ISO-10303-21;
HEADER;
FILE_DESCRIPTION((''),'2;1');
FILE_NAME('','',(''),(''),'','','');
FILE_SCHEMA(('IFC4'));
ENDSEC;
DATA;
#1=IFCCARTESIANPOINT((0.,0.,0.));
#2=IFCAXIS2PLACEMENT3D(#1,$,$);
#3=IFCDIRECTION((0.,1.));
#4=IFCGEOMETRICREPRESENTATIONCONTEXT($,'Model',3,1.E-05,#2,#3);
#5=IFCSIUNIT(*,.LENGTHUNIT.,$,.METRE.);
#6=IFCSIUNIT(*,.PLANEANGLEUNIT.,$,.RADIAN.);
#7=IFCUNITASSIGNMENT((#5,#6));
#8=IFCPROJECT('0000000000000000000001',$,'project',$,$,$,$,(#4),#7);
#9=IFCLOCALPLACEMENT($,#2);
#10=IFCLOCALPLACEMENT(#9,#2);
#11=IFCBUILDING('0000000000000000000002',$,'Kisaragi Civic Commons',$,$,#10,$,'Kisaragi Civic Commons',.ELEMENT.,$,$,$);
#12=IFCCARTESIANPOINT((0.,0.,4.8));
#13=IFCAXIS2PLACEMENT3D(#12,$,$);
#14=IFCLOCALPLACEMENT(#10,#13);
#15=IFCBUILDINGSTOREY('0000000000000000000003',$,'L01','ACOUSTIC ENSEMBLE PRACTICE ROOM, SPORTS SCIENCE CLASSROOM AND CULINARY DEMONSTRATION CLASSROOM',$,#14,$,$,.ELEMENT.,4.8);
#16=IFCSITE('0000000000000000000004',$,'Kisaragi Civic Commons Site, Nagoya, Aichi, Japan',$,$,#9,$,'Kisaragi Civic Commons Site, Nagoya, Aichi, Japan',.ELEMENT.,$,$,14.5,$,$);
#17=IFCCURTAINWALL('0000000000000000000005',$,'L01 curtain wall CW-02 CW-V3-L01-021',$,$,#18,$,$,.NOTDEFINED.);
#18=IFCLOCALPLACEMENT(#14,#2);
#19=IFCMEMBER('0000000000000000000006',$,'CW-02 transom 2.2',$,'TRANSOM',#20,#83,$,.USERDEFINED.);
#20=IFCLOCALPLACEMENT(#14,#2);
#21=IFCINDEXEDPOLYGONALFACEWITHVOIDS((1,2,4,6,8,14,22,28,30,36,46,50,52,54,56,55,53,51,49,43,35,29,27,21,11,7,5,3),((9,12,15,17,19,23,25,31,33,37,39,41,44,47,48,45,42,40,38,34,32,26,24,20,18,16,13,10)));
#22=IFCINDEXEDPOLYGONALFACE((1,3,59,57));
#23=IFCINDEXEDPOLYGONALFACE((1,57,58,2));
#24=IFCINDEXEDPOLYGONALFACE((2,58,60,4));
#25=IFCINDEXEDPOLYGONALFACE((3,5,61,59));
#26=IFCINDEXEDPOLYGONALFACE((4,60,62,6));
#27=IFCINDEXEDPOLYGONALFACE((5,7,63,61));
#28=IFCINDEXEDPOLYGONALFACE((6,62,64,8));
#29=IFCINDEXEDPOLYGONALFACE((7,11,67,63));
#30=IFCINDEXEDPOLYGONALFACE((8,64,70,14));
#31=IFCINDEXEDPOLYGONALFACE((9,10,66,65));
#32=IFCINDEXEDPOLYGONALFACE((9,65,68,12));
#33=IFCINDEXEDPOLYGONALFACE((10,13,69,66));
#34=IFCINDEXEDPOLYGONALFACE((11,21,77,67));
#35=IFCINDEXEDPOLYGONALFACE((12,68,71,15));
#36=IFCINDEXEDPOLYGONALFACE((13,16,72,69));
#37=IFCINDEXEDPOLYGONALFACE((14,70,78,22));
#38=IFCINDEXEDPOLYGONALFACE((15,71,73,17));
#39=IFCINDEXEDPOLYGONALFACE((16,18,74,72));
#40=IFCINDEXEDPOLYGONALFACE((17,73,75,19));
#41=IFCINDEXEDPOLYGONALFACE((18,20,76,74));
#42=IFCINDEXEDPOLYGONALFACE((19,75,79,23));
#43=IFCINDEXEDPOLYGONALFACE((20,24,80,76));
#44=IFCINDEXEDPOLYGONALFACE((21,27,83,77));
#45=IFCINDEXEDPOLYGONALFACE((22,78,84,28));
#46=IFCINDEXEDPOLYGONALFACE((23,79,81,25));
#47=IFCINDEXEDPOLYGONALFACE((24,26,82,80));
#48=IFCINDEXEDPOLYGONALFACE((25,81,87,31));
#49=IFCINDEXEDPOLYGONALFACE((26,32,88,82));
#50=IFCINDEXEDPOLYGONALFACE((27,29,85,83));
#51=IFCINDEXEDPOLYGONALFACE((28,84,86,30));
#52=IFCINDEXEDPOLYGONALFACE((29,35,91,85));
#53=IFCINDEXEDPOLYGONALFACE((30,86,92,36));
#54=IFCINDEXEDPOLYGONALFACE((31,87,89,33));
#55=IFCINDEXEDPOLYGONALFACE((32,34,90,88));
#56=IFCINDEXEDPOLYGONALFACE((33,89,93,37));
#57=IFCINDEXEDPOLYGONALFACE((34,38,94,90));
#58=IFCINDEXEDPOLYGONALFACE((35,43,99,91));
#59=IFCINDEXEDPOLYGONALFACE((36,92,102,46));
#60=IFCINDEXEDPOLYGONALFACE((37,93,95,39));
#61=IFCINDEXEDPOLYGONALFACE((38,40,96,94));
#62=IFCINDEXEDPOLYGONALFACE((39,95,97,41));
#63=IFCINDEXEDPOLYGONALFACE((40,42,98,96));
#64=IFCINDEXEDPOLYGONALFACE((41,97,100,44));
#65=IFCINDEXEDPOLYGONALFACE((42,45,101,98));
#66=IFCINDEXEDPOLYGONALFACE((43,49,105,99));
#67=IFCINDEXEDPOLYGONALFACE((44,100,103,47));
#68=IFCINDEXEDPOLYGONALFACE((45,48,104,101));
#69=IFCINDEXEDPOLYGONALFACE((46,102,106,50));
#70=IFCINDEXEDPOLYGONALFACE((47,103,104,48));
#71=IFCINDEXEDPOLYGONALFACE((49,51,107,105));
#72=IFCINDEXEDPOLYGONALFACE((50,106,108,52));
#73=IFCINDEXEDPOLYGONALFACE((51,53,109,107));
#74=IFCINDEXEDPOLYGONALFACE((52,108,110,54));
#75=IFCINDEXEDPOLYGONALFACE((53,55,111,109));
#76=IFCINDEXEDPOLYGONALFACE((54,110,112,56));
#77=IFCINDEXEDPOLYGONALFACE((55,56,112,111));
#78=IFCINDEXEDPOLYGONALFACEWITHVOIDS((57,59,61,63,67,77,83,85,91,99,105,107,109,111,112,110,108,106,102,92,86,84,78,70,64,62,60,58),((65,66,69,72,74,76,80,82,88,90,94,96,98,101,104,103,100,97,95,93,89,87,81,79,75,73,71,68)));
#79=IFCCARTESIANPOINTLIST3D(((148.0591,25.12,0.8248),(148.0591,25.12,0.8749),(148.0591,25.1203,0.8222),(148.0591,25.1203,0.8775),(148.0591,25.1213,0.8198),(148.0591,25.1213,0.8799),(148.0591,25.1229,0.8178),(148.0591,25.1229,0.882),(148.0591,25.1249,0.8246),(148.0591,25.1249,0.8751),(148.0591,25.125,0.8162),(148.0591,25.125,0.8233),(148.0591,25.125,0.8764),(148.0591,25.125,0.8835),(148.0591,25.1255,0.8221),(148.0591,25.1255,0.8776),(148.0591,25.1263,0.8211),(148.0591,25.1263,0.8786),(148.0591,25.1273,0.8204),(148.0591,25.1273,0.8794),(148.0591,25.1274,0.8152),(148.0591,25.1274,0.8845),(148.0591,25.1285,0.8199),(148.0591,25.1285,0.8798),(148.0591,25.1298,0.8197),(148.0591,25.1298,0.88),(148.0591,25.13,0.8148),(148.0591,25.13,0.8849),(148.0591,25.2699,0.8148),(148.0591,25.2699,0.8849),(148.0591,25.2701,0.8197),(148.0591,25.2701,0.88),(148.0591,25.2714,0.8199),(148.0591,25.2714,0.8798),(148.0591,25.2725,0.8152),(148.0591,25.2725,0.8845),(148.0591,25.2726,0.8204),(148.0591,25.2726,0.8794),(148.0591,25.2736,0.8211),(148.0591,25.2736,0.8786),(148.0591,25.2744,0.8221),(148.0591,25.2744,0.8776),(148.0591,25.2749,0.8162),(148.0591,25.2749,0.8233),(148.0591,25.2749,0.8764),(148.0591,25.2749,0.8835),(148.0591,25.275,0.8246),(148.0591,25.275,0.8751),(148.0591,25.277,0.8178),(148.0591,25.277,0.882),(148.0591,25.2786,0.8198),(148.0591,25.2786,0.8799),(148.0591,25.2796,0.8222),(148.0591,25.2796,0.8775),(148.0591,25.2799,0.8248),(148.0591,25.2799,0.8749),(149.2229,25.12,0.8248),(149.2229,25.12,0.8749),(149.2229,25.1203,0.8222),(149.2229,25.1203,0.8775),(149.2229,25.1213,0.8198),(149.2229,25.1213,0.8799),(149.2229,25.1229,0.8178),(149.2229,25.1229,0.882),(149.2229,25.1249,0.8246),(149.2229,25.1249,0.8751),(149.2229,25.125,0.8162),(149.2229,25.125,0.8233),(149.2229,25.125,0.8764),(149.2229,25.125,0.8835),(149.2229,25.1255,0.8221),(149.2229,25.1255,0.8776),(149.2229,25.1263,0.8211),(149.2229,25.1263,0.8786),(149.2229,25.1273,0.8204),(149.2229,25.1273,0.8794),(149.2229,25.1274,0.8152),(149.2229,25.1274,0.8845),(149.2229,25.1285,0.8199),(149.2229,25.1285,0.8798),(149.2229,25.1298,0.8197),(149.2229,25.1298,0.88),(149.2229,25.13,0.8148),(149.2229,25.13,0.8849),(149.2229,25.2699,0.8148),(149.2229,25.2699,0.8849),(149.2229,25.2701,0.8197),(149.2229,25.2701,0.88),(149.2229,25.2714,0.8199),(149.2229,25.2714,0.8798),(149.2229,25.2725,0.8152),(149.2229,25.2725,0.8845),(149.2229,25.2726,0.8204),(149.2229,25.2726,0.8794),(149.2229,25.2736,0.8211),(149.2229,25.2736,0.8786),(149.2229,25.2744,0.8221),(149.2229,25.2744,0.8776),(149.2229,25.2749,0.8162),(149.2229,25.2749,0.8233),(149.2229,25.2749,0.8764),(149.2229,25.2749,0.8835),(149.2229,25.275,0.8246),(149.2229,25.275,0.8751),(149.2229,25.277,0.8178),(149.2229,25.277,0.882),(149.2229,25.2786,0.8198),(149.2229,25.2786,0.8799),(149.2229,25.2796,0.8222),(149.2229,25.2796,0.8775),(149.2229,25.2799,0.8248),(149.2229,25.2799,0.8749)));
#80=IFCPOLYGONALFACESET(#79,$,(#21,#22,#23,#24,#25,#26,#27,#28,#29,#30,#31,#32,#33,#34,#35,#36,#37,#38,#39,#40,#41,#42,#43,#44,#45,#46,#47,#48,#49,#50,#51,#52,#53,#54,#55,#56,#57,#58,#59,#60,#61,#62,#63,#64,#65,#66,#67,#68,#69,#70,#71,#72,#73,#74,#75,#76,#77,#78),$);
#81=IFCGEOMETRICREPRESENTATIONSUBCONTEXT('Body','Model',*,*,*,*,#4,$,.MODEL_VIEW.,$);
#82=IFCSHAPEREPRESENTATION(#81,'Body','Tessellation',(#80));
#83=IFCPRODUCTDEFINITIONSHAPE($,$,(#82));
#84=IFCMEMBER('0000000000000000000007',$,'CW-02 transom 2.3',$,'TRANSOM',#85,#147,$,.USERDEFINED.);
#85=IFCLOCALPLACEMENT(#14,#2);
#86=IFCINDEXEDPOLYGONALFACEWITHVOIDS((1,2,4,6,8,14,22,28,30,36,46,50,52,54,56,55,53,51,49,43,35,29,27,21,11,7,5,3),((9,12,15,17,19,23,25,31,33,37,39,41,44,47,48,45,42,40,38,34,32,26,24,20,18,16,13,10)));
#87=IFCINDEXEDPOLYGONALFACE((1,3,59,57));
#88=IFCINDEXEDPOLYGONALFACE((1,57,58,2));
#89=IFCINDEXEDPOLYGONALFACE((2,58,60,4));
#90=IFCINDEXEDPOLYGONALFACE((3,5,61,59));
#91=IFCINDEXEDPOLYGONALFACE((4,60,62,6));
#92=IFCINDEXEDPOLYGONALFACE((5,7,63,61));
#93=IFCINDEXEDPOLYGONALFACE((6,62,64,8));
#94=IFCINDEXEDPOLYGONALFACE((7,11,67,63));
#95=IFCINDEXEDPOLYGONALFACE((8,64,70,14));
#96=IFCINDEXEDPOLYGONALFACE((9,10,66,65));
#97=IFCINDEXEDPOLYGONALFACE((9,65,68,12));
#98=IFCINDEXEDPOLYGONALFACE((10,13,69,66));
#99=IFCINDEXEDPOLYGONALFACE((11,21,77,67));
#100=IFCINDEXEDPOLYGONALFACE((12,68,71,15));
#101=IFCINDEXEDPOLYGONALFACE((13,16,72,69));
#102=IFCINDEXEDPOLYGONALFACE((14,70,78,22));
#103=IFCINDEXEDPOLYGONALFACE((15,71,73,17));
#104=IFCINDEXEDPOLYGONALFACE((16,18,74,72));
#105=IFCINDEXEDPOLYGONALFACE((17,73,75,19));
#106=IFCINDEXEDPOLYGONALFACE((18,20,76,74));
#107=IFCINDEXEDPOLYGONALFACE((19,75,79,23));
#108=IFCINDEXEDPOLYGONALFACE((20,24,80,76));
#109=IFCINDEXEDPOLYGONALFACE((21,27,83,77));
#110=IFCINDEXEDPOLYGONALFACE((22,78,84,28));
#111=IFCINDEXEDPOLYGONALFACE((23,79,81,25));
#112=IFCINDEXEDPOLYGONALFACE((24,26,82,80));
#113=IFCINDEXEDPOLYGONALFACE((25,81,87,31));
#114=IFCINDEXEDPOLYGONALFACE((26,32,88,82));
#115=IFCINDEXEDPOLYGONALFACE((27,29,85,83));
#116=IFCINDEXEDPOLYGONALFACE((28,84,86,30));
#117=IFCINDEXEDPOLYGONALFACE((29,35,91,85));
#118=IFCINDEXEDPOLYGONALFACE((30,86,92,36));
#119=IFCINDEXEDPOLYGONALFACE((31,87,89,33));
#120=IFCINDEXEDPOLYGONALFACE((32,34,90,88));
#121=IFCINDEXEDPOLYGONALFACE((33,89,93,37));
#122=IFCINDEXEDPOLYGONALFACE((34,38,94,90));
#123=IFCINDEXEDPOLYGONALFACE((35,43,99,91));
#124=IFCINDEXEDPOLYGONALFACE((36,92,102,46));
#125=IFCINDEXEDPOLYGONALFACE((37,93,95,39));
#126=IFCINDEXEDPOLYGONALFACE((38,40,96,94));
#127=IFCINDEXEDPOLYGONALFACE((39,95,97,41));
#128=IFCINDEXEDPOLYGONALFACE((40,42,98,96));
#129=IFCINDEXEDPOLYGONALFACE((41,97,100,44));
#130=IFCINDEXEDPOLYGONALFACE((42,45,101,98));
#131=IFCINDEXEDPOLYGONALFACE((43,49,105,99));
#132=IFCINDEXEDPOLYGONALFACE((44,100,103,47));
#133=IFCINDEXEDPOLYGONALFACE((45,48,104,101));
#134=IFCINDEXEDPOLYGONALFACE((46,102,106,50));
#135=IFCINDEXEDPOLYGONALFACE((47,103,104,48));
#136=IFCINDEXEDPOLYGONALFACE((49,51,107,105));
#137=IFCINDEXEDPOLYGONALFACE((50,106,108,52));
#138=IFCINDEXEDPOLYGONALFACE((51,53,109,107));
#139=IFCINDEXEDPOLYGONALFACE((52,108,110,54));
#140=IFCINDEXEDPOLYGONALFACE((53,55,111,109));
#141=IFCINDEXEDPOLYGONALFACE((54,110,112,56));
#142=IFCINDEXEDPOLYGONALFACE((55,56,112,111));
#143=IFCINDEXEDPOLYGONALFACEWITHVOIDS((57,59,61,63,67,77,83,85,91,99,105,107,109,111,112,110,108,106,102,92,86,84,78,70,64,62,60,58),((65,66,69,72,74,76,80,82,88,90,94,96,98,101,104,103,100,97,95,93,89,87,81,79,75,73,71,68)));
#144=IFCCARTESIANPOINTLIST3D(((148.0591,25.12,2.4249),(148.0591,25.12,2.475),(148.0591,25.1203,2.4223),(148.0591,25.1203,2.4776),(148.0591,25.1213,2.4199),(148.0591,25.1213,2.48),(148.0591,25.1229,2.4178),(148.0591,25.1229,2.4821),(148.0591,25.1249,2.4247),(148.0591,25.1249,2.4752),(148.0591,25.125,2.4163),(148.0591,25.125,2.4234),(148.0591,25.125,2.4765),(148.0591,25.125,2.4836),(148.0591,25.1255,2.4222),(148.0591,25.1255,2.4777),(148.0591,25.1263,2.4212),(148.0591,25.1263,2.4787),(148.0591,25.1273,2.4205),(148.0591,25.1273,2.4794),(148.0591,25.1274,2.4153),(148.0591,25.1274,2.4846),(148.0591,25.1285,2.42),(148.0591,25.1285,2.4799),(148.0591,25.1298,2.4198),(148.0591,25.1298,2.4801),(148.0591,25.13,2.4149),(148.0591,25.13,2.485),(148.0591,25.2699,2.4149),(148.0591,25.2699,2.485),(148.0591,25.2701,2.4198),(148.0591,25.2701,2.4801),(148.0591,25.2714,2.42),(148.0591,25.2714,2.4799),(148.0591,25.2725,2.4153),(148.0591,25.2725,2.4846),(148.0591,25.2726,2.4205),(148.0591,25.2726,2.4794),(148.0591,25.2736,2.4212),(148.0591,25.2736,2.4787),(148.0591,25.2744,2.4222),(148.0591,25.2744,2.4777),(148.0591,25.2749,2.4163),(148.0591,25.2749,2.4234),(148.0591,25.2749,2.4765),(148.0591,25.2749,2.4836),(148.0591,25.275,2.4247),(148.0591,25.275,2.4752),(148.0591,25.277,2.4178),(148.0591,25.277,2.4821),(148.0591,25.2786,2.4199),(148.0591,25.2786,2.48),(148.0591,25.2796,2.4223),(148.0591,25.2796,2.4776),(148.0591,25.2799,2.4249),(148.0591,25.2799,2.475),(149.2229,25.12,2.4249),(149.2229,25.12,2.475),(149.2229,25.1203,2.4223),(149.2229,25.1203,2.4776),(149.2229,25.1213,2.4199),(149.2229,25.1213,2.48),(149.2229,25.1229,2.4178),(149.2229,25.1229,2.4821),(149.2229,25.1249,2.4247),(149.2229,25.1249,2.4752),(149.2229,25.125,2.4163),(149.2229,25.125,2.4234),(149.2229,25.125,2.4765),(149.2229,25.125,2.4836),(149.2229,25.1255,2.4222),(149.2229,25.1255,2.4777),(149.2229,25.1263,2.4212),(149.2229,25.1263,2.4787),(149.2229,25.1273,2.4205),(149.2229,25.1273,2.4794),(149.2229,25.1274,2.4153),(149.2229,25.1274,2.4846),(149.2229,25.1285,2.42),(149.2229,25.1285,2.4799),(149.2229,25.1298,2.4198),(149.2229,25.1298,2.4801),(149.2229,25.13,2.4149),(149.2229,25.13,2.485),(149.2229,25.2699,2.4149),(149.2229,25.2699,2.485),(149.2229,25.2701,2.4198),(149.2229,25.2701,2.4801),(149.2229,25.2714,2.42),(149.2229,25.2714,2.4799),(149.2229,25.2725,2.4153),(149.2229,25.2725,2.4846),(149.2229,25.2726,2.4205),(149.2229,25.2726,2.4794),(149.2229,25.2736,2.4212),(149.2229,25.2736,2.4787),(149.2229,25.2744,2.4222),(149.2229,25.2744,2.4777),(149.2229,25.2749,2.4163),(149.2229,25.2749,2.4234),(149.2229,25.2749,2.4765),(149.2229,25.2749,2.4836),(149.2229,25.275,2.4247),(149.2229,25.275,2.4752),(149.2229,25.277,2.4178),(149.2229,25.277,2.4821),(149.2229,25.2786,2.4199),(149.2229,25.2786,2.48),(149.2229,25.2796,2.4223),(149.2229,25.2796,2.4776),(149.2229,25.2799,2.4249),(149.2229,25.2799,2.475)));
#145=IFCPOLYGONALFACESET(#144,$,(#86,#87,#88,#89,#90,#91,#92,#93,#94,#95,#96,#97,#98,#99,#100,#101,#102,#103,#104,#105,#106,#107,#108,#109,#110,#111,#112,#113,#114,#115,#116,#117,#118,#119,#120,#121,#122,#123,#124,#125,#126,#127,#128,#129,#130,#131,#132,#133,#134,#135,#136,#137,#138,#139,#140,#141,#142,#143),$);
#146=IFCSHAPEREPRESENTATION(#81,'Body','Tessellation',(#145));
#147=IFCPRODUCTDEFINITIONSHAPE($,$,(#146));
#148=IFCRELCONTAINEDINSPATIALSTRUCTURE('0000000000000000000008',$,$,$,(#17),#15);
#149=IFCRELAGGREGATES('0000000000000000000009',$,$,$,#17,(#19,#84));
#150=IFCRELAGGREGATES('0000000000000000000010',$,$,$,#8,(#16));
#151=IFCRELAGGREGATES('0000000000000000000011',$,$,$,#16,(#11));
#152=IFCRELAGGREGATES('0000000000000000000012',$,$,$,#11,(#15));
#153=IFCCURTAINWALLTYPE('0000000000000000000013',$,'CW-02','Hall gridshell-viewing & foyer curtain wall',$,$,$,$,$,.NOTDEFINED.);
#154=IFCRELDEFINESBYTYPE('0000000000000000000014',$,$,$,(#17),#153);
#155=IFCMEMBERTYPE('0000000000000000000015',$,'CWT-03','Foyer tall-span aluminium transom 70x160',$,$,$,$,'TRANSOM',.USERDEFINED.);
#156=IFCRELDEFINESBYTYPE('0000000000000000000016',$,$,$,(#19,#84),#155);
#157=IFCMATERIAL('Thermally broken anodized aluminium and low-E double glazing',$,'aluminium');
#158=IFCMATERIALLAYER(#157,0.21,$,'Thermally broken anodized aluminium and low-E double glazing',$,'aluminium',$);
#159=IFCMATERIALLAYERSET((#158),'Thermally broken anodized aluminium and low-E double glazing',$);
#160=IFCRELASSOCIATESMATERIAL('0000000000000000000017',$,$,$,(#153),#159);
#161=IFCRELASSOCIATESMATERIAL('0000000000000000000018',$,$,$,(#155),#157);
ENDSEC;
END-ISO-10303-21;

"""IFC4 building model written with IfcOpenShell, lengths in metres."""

from ifc_helpers import new_model, si_unit, direction, frame, origin, origin_2d, place, context, subcontext, project, spatial, hollow_rectangle, extrude, material, layer, layer_set, material_profile, profile_set, type_object, element, aggregate, save


model = new_model("IFC4")

# Units and contexts
model_context = context("Model", 3, precision=1e-05, world=origin(), true_north=direction((0.0, 1.0)))
body_context = subcontext(model_context, "Body", "Model", "MODEL_VIEW")
ifc_project = project(units=[si_unit("LENGTHUNIT", "METRE"), si_unit("PLANEANGLEUNIT", "RADIAN")], contexts=[model_context])

# Site, building, storey
site_placement = place(None, origin())
site = spatial("IfcSite", under=ifc_project, at=site_placement, Name="Kisaragi Civic Commons Site, Nagoya, Aichi, Japan", LongName="Kisaragi Civic Commons Site, Nagoya, Aichi, Japan", CompositionType="ELEMENT", RefElevation=14.5)
building_placement = place(site_placement, origin())
building = spatial("IfcBuilding", under=site, at=building_placement, Name="Kisaragi Civic Commons", LongName="Kisaragi Civic Commons", CompositionType="ELEMENT")
storey_placement = place(building_placement, frame((0.0, 0.0, 4.8)))
storey = spatial("IfcBuildingStorey", under=building, at=storey_placement, Name="L01", Description="ACOUSTIC ENSEMBLE PRACTICE ROOM, SPORTS SCIENCE CLASSROOM AND CULINARY DEMONSTRATION CLASSROOM", CompositionType="ELEMENT", Elevation=4.8)

# Curtain wall, members
ifc_material_1 = material(Name="Thermally broken anodized aluminium and low-E double glazing", Category="aluminium")
ifc_layer_1 = layer(ifc_material_1, 0.21, Name="Thermally broken anodized aluminium and low-E double glazing", Category="aluminium")
ifc_layer_set_1 = layer_set([ifc_layer_1], Name="Thermally broken anodized aluminium and low-E double glazing")
curtain_wall_type = type_object("IfcCurtainWallType", Name="CW-02", Description="Hall gridshell-viewing & foyer curtain wall", PredefinedType="NOTDEFINED", material=ifc_layer_set_1)
curtain_wall_placement = place(storey_placement, origin())
curtain_wall = element("IfcCurtainWall", 1, at=curtain_wall_placement, inside=storey, type_object=curtain_wall_type, Name="L01 curtain wall CW-02 CW-V3-L01-021", PredefinedType="NOTDEFINED")
ifc_material_profile_1 = material_profile(ifc_material_1, hollow_rectangle(XDim=0.1599, YDim=0.0701, WallThickness=0.0049, InnerFilletRadius=0.0049, OuterFilletRadius=0.01, at=origin_2d()), Name="CWT-70x160x5", Category="aluminium")
ifc_profile_set_1 = profile_set([ifc_material_profile_1], Name="Thermally broken anodized aluminium and low-E double glazing")
member_type_1 = type_object("IfcMemberType", Name="CWT-03", Description="Foyer tall-span aluminium transom 70x160", ElementType="TRANSOM", PredefinedType="USERDEFINED", material=ifc_profile_set_1)
member_1_placement = place(storey_placement, frame((148.0591, 25.2, 0.8499), z_axis=(1.0, 0.0, 0.0), x_axis=(0.0, 1.0, 0.0)))
member_1 = element("IfcMember", 2, at=member_1_placement, type_object=member_type_1, Name="CW-02 transom 2.2", ObjectType="TRANSOM", PredefinedType="USERDEFINED", context=body_context, shape_type="SweptSolid", body=[
    extrude(hollow_rectangle(XDim=0.1599, YDim=0.0701, WallThickness=0.0049, InnerFilletRadius=0.0049, OuterFilletRadius=0.01, at=origin_2d()), origin(), (0.0, 0.0, 1.0), 1.1638),
])
member_2_placement = place(storey_placement, frame((148.0591, 25.2, 2.45), z_axis=(1.0, 0.0, 0.0), x_axis=(0.0, 1.0, 0.0)))
member_2 = element("IfcMember", 3, at=member_2_placement, type_object=member_type_1, Name="CW-02 transom 2.3", ObjectType="TRANSOM", PredefinedType="USERDEFINED", context=body_context, shape_type="SweptSolid", body=[
    extrude(hollow_rectangle(XDim=0.1599, YDim=0.0701, WallThickness=0.0049, InnerFilletRadius=0.0049, OuterFilletRadius=0.01, at=origin_2d()), origin(), (0.0, 0.0, 1.0), 1.1638),
])

aggregate(curtain_wall, [member_1, member_2])

save(model, "model.ifc")
